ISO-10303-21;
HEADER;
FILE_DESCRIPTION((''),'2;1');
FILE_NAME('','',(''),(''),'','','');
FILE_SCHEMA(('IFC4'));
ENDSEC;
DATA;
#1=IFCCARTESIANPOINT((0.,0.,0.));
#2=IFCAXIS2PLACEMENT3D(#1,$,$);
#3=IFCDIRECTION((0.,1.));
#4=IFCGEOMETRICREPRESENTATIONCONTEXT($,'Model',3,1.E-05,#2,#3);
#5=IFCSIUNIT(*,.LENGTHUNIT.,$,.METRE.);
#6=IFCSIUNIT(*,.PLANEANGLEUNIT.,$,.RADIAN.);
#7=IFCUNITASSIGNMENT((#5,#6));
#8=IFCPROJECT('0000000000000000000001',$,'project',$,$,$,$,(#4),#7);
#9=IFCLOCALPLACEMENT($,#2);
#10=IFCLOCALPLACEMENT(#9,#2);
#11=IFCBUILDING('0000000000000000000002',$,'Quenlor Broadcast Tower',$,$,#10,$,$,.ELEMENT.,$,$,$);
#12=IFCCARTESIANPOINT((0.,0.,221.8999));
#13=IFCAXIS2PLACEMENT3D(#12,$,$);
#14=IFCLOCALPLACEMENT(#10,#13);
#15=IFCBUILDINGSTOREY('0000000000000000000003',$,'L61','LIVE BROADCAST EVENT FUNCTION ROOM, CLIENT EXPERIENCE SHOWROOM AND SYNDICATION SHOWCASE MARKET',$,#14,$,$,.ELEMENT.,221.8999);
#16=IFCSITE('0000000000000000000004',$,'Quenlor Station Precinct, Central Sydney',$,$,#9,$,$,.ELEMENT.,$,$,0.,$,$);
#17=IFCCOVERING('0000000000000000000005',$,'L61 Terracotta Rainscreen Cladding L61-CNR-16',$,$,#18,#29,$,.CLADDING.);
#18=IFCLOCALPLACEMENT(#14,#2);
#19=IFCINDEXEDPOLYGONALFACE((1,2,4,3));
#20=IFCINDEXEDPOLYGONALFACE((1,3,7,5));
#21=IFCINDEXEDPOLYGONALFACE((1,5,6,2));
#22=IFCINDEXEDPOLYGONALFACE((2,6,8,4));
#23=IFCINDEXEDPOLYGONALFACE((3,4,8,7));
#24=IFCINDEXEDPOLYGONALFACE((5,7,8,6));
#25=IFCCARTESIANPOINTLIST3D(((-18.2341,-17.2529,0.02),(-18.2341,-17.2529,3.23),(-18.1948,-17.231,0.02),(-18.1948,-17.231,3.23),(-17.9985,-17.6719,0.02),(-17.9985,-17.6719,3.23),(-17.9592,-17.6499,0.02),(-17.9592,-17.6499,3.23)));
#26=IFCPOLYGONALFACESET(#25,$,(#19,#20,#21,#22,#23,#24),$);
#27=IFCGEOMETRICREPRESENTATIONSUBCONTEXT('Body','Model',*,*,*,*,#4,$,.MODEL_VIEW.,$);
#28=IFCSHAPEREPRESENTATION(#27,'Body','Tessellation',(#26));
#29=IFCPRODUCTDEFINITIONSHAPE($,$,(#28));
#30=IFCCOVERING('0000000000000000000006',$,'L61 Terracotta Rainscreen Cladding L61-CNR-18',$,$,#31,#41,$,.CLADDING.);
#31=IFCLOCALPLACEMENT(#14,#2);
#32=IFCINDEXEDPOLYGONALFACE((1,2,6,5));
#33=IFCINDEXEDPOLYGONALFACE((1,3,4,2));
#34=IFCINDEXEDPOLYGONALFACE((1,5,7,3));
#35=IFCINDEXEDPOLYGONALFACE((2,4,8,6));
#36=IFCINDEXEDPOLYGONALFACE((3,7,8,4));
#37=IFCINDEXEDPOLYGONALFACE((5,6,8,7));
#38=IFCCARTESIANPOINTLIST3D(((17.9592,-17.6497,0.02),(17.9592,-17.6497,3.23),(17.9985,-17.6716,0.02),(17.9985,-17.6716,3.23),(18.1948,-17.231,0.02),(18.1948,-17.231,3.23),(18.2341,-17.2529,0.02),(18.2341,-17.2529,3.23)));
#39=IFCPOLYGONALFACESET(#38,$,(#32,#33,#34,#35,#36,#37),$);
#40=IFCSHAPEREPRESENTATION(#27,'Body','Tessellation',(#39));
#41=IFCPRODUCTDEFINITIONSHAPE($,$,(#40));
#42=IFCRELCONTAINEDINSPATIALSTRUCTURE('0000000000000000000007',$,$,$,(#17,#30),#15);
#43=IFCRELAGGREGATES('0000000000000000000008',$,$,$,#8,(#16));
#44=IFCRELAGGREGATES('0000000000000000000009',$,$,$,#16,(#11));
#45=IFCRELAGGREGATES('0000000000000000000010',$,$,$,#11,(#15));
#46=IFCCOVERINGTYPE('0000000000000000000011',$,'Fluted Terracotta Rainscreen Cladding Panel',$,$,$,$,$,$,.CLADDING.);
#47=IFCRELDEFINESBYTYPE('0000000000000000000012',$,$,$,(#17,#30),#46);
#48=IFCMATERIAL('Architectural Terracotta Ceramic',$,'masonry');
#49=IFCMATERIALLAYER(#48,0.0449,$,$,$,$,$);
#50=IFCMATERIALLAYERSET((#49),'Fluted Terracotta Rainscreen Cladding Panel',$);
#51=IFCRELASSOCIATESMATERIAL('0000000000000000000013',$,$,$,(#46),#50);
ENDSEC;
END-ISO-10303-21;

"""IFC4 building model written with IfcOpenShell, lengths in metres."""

from ifc_helpers import new_model, si_unit, direction, frame, origin, place, context, subcontext, project, spatial, polyline, outline, extrude, material, layer, layer_set, type_object, element, save


model = new_model("IFC4")

# Units and contexts
model_context = context("Model", 3, precision=1e-05, world=origin(), true_north=direction((0.0, 1.0)))
body_context = subcontext(model_context, "Body", "Model", "MODEL_VIEW")
ifc_project = project(units=[si_unit("LENGTHUNIT", "METRE"), si_unit("PLANEANGLEUNIT", "RADIAN")], contexts=[model_context])

# Site, building, storey
site_placement = place(None, origin())
site = spatial("IfcSite", under=ifc_project, at=site_placement, Name="Quenlor Station Precinct, Central Sydney", CompositionType="ELEMENT", RefElevation=0.0)
building_placement = place(site_placement, origin())
building = spatial("IfcBuilding", under=site, at=building_placement, Name="Quenlor Broadcast Tower", CompositionType="ELEMENT")
storey_placement = place(building_placement, frame((0.0, 0.0, 221.8999)))
storey = spatial("IfcBuildingStorey", under=building, at=storey_placement, Name="L61", Description="LIVE BROADCAST EVENT FUNCTION ROOM, CLIENT EXPERIENCE SHOWROOM AND SYNDICATION SHOWCASE MARKET", CompositionType="ELEMENT", Elevation=221.8999)

# Coverings
ifc_material_1 = material(Name="Architectural Terracotta Ceramic", Category="masonry")
ifc_layer_1 = layer(ifc_material_1, 0.0449)
ifc_layer_set_1 = layer_set([ifc_layer_1], Name="Fluted Terracotta Rainscreen Cladding Panel")
covering_type_1 = type_object("IfcCoveringType", Name="Fluted Terracotta Rainscreen Cladding Panel", PredefinedType="CLADDING", material=ifc_layer_set_1)
covering_1_placement = place(storey_placement, frame((0.0, 0.0, 0.02)))
element("IfcCovering", 1, at=covering_1_placement, inside=storey, type_object=covering_type_1, Name="L61 Terracotta Rainscreen Cladding L61-CNR-16", PredefinedType="CLADDING", context=body_context, shape_type="SweptSolid", body=[
    extrude(outline(polyline([(-18.2341, -17.2529), (-17.9985, -17.6719), (-17.9592, -17.6499), (-18.1948, -17.231), (-18.2341, -17.2529)])), origin(), (0.0, 0.0, 1.0), 3.21),
])
covering_2_placement = place(storey_placement, frame((0.0, 0.0, 0.02)))
element("IfcCovering", 2, at=covering_2_placement, inside=storey, type_object=covering_type_1, Name="L61 Terracotta Rainscreen Cladding L61-CNR-18", PredefinedType="CLADDING", context=body_context, shape_type="SweptSolid", body=[
    extrude(outline(polyline([(17.9985, -17.6716), (18.2341, -17.2529), (18.1948, -17.231), (17.9592, -17.6497), (17.9985, -17.6716)])), origin(), (0.0, 0.0, 1.0), 3.21),
])

save(model, "model.ifc")
